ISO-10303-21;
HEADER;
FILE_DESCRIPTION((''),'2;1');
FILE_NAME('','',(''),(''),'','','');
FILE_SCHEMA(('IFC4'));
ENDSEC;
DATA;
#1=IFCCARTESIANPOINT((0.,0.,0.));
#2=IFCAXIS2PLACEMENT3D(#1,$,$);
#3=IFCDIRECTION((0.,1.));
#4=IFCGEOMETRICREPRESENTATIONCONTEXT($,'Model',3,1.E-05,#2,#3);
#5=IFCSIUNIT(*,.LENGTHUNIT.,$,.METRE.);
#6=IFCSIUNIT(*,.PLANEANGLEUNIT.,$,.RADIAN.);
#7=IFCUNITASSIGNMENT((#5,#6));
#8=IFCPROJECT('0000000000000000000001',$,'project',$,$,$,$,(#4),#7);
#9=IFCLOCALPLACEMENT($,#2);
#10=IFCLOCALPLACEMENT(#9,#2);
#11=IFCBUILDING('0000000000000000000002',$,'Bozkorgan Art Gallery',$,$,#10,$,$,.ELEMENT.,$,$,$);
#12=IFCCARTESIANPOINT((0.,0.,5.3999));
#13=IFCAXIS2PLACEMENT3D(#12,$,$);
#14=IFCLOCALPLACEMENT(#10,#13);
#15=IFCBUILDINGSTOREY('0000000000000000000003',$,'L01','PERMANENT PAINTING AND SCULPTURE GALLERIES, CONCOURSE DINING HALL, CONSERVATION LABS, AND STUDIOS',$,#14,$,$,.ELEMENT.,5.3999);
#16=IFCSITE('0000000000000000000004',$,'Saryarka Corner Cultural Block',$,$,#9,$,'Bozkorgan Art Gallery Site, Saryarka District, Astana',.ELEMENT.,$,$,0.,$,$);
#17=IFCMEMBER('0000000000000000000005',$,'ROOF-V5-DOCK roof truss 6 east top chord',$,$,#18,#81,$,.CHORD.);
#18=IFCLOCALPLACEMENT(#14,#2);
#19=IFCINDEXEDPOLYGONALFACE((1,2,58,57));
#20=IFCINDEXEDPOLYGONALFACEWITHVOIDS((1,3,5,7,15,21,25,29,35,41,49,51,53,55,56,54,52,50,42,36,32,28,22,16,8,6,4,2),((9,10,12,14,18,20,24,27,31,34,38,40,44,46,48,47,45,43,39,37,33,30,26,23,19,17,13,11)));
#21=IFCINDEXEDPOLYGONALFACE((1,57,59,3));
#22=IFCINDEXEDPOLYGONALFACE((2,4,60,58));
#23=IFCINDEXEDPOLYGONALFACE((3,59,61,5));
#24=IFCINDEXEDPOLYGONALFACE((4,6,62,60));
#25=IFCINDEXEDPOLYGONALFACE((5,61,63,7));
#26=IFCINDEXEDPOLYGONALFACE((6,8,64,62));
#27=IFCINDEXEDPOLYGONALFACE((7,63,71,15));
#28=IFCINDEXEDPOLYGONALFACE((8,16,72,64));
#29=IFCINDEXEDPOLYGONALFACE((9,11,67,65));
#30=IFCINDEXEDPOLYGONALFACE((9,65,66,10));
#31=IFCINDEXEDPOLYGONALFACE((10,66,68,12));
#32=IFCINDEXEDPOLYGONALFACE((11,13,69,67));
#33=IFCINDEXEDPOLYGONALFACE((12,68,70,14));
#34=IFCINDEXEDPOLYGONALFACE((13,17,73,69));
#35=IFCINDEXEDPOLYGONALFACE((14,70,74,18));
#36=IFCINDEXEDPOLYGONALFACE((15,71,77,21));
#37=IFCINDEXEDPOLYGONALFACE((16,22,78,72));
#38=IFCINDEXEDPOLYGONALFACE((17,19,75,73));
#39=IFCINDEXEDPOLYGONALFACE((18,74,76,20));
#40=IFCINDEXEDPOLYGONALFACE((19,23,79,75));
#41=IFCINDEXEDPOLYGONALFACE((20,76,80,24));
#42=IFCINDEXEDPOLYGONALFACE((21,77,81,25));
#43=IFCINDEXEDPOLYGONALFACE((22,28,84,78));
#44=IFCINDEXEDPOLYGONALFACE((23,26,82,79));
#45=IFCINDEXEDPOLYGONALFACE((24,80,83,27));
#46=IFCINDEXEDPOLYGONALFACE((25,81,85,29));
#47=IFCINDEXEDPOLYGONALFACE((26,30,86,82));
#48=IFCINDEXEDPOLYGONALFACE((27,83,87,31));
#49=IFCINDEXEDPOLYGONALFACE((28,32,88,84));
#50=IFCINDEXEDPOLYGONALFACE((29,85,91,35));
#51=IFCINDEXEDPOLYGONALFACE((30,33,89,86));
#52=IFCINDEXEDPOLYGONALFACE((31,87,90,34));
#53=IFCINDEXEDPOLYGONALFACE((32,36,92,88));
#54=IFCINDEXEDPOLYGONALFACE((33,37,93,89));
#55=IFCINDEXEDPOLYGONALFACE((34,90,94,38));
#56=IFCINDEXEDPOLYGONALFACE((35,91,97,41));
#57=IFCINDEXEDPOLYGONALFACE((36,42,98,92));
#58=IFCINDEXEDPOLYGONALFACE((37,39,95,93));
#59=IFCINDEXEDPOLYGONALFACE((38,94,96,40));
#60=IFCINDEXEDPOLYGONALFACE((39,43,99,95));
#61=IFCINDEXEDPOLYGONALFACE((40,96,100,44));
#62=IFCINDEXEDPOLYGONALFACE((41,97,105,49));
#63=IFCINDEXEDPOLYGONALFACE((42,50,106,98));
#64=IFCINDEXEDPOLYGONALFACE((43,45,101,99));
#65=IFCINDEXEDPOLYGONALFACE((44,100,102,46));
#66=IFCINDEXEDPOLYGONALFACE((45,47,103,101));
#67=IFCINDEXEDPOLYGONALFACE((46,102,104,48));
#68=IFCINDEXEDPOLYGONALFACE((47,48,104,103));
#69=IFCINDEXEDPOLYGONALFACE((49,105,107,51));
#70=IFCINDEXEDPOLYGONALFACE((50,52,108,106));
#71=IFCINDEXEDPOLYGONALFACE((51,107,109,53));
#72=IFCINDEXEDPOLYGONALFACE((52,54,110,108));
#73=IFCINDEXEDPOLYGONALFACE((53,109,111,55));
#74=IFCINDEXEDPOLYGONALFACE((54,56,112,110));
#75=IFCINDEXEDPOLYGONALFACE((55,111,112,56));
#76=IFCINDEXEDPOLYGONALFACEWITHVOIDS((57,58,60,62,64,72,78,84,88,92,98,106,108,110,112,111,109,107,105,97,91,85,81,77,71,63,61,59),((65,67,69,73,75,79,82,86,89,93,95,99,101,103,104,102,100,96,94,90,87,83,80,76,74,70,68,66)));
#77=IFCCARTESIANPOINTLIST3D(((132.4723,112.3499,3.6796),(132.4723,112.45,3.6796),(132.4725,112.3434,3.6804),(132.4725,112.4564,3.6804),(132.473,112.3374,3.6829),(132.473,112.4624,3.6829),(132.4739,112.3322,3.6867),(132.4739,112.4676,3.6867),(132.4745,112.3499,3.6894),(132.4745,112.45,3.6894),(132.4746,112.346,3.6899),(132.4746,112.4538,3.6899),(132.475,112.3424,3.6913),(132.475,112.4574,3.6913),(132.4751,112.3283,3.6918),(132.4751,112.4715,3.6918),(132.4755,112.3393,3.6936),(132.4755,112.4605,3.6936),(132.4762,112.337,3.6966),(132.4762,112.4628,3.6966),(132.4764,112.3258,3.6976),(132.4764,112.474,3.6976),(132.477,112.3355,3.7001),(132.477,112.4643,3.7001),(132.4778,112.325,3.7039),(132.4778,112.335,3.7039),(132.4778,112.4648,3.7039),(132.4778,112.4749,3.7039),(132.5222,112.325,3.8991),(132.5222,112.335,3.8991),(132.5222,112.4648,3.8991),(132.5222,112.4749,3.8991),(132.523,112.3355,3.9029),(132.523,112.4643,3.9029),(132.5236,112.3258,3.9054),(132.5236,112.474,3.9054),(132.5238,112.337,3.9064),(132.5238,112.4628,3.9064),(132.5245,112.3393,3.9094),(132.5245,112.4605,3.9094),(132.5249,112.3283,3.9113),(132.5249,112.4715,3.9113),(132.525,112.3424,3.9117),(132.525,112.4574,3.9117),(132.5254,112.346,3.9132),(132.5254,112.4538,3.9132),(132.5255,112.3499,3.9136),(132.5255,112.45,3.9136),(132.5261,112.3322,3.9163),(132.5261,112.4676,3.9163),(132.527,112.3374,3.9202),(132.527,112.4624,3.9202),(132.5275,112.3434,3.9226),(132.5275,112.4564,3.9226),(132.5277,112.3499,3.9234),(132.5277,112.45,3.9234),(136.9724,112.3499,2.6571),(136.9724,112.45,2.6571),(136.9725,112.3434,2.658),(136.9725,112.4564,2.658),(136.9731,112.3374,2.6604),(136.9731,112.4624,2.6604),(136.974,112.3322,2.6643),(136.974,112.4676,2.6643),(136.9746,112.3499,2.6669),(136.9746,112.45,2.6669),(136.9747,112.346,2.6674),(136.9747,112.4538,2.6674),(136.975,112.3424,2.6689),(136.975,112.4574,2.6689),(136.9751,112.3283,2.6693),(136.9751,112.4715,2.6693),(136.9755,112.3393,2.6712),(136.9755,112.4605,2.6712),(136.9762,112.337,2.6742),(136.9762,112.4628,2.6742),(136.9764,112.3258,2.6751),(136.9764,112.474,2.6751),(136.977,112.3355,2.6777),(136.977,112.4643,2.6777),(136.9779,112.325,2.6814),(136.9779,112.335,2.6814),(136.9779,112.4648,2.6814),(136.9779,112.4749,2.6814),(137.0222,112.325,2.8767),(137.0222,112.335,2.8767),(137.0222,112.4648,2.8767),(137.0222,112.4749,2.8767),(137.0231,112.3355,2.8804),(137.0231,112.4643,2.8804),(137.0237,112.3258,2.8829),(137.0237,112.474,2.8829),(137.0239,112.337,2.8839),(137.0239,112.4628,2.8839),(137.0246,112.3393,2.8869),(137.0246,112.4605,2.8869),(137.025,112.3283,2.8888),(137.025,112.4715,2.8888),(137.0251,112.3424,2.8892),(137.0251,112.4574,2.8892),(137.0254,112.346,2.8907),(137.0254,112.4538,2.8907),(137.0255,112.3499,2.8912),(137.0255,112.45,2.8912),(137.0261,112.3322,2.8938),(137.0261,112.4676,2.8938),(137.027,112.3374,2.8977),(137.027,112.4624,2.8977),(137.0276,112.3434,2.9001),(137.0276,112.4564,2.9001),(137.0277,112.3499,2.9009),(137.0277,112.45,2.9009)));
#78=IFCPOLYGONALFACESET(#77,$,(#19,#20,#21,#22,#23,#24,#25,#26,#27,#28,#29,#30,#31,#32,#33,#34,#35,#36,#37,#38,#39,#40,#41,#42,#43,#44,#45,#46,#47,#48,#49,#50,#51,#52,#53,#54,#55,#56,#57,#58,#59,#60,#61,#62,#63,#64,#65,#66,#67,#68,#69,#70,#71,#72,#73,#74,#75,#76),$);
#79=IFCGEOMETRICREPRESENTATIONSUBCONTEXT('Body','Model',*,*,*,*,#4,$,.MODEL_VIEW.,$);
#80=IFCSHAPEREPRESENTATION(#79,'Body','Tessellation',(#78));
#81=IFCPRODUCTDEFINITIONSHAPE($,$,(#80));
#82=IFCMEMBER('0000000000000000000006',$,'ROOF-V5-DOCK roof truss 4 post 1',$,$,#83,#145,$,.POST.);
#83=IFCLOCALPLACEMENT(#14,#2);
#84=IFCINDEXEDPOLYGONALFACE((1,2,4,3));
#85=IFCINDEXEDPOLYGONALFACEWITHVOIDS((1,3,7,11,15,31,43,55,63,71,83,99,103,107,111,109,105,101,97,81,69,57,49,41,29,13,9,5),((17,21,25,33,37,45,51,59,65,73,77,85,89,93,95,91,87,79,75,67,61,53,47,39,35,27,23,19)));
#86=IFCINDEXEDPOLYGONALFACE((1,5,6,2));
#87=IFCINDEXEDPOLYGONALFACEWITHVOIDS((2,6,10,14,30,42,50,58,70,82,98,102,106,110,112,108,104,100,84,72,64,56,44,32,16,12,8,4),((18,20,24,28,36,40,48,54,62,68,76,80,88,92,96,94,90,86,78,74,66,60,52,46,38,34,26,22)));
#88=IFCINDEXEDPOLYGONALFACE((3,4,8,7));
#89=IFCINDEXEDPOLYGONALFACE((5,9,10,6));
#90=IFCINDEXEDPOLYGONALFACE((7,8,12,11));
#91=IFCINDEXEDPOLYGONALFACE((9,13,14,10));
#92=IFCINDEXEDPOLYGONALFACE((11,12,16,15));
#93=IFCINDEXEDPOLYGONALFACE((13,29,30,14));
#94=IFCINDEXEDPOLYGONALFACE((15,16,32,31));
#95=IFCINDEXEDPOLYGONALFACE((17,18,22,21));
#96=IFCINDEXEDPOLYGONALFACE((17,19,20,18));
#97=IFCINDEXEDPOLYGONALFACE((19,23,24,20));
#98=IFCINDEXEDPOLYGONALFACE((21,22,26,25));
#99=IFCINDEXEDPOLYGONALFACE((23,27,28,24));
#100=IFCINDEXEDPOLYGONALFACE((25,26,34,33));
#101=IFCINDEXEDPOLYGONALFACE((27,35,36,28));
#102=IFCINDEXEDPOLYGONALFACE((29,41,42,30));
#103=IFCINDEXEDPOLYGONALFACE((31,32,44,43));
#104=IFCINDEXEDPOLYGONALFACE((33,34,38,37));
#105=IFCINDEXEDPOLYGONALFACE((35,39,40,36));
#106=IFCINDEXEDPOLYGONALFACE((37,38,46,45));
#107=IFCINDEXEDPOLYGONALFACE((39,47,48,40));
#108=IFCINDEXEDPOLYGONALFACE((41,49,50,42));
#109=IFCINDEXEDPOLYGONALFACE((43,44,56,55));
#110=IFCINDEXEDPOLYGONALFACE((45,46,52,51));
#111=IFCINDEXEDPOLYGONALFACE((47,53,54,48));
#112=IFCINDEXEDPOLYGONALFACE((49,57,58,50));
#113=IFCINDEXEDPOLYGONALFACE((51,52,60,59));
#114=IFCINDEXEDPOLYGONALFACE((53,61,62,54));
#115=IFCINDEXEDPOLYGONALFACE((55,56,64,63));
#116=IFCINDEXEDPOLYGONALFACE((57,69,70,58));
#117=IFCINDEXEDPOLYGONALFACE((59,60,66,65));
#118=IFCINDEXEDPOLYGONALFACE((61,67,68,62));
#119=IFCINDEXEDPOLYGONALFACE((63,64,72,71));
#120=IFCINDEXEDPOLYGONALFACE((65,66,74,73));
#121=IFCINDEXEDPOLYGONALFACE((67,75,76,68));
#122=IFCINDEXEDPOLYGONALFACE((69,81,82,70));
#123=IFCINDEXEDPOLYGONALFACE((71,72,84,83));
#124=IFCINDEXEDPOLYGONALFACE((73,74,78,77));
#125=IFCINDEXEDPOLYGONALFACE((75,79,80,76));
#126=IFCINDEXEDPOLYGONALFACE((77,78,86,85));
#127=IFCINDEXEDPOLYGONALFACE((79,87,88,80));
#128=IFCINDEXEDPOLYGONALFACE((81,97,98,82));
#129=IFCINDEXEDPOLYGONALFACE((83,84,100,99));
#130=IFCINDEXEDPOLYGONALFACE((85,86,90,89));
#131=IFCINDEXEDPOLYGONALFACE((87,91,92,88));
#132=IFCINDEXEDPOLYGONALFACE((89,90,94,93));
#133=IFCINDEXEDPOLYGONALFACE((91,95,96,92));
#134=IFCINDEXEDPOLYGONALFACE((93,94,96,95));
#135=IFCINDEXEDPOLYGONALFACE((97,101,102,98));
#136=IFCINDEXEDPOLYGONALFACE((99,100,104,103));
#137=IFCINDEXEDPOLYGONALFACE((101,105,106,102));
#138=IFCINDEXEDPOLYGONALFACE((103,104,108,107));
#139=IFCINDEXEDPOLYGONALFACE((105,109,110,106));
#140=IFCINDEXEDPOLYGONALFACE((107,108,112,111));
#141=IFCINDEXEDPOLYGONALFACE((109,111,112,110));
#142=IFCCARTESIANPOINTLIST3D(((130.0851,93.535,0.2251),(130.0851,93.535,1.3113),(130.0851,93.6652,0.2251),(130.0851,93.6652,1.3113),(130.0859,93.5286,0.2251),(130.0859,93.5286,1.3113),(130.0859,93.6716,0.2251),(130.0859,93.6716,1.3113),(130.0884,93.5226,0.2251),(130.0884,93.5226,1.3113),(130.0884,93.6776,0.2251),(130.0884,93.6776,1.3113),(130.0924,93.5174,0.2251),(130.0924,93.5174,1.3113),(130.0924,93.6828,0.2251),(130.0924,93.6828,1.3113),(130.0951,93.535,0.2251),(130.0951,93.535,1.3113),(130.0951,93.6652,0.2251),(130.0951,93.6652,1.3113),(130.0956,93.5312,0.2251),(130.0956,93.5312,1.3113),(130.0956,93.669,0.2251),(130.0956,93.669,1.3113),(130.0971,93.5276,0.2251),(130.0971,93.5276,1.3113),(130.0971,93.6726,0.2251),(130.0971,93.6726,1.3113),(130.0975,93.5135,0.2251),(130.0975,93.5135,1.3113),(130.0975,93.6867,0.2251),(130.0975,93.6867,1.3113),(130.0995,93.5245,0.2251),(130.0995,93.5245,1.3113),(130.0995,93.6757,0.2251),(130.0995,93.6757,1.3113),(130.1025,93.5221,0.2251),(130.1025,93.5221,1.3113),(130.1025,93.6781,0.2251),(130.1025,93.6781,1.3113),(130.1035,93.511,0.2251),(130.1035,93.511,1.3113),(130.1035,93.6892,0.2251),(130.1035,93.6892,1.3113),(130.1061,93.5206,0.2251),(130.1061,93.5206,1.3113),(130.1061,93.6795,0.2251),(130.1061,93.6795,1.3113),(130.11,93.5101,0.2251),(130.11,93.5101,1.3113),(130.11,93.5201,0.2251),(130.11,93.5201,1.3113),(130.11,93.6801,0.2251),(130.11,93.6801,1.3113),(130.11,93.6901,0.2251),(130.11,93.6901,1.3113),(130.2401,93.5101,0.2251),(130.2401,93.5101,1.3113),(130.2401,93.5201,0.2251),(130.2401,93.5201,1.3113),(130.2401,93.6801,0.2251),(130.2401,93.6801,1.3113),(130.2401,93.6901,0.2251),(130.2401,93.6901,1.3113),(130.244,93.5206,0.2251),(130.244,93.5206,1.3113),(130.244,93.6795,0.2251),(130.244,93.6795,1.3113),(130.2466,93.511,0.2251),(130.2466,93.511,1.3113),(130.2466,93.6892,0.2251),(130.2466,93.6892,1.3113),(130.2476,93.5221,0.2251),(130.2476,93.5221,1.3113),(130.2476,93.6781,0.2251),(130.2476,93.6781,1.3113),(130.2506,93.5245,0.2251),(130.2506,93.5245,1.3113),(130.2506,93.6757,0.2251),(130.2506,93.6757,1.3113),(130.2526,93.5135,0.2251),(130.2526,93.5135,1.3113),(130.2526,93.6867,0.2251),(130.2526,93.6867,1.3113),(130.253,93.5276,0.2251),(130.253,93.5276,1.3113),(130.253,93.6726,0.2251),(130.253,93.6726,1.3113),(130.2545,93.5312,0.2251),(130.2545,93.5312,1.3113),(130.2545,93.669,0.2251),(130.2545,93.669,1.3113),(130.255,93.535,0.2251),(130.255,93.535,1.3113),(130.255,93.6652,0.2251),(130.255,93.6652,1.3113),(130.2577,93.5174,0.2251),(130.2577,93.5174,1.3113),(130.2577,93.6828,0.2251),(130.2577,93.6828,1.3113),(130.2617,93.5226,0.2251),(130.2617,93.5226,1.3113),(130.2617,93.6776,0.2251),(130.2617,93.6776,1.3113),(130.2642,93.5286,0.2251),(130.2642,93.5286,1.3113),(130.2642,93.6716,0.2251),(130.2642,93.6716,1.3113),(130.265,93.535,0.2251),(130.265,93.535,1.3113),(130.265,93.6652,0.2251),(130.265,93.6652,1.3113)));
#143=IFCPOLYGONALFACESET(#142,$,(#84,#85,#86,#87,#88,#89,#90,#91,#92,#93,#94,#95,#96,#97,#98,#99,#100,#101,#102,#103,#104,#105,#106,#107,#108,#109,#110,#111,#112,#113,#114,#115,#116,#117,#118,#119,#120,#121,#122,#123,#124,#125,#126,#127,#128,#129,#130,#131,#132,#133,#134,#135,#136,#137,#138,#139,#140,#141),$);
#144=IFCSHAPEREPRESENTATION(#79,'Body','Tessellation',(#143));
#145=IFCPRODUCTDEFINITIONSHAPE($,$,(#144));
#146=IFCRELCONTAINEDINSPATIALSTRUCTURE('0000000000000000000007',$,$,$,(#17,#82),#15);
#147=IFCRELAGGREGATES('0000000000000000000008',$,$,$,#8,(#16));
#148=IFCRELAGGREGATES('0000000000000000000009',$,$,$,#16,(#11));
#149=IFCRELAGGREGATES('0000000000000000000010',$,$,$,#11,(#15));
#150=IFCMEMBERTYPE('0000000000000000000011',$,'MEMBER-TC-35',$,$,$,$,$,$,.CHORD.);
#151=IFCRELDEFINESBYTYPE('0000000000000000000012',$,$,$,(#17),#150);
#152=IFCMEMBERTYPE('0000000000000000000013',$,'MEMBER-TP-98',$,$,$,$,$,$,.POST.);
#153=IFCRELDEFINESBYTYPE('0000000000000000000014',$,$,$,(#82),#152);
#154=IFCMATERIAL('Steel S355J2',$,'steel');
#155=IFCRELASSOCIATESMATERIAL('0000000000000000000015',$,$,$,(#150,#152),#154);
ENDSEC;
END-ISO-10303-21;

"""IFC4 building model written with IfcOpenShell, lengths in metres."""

from ifc_helpers import new_model, si_unit, direction, frame, origin, origin_2d, place, context, subcontext, project, spatial, hollow_rectangle, extrude, material, material_profile, profile_set, type_object, element, save


model = new_model("IFC4")

# Units and contexts
model_context = context("Model", 3, precision=1e-05, world=origin(), true_north=direction((0.0, 1.0)))
body_context = subcontext(model_context, "Body", "Model", "MODEL_VIEW")
ifc_project = project(units=[si_unit("LENGTHUNIT", "METRE"), si_unit("PLANEANGLEUNIT", "RADIAN")], contexts=[model_context])

# Site, building, storey
site_placement = place(None, origin())
site = spatial("IfcSite", under=ifc_project, at=site_placement, Name="Saryarka Corner Cultural Block", LongName="Bozkorgan Art Gallery Site, Saryarka District, Astana", CompositionType="ELEMENT", RefElevation=0.0)
building_placement = place(site_placement, origin())
building = spatial("IfcBuilding", under=site, at=building_placement, Name="Bozkorgan Art Gallery", CompositionType="ELEMENT")
storey_placement = place(building_placement, frame((0.0, 0.0, 5.3999)))
storey = spatial("IfcBuildingStorey", under=building, at=storey_placement, Name="L01", Description="PERMANENT PAINTING AND SCULPTURE GALLERIES, CONCOURSE DINING HALL, CONSERVATION LABS, AND STUDIOS", CompositionType="ELEMENT", Elevation=5.3999)

# Members
ifc_material_1 = material(Name="Steel S355J2", Category="steel")
ifc_material_profile_1 = material_profile(ifc_material_1, hollow_rectangle(XDim=0.1499, YDim=0.25, WallThickness=0.01, InnerFilletRadius=0.0149, OuterFilletRadius=0.0249, at=origin_2d()), Name="RHS 250x150x10")
ifc_profile_set_1 = profile_set([ifc_material_profile_1], Name="Steel S355J2")
member_type_1 = type_object("IfcMemberType", Name="MEMBER-TC-35", PredefinedType="CHORD", material=ifc_profile_set_1)
member_1_placement = place(storey_placement, frame((132.5, 112.3999, 3.8015), z_axis=(0.975145, 0.0, -0.221566), x_axis=(0.0, 1.0, 0.0)))
element("IfcMember", 1, at=member_1_placement, inside=storey, type_object=member_type_1, Name="ROOF-V5-DOCK roof truss 6 east top chord", PredefinedType="CHORD", context=body_context, shape_type="SweptSolid", body=[
    extrude(hollow_rectangle(XDim=0.1499, YDim=0.25, WallThickness=0.01, InnerFilletRadius=0.0149, OuterFilletRadius=0.0249, at=origin_2d()), origin(), (0.0, 0.0, 1.0), 4.6147),
])
ifc_material_profile_2 = material_profile(ifc_material_1, hollow_rectangle(XDim=0.1799, YDim=0.1799, WallThickness=0.01, InnerFilletRadius=0.0149, OuterFilletRadius=0.0249, at=origin_2d()), Name="SHS 180x180x10")
ifc_profile_set_2 = profile_set([ifc_material_profile_2], Name="Steel S355J2")
member_type_2 = type_object("IfcMemberType", Name="MEMBER-TP-98", PredefinedType="POST", material=ifc_profile_set_2)
member_2_placement = place(storey_placement, frame((130.175, 93.6001, 0.2251), z_axis=(0.0, 0.0, 1.0), x_axis=(1.0, 0.0, 0.0)))
element("IfcMember", 2, at=member_2_placement, inside=storey, type_object=member_type_2, Name="ROOF-V5-DOCK roof truss 4 post 1", PredefinedType="POST", context=body_context, shape_type="SweptSolid", body=[
    extrude(hollow_rectangle(XDim=0.1799, YDim=0.1799, WallThickness=0.01, InnerFilletRadius=0.0149, OuterFilletRadius=0.0249, at=origin_2d()), origin(), (0.0, 0.0, 1.0), 1.0862),
])

save(model, "model.ifc")
